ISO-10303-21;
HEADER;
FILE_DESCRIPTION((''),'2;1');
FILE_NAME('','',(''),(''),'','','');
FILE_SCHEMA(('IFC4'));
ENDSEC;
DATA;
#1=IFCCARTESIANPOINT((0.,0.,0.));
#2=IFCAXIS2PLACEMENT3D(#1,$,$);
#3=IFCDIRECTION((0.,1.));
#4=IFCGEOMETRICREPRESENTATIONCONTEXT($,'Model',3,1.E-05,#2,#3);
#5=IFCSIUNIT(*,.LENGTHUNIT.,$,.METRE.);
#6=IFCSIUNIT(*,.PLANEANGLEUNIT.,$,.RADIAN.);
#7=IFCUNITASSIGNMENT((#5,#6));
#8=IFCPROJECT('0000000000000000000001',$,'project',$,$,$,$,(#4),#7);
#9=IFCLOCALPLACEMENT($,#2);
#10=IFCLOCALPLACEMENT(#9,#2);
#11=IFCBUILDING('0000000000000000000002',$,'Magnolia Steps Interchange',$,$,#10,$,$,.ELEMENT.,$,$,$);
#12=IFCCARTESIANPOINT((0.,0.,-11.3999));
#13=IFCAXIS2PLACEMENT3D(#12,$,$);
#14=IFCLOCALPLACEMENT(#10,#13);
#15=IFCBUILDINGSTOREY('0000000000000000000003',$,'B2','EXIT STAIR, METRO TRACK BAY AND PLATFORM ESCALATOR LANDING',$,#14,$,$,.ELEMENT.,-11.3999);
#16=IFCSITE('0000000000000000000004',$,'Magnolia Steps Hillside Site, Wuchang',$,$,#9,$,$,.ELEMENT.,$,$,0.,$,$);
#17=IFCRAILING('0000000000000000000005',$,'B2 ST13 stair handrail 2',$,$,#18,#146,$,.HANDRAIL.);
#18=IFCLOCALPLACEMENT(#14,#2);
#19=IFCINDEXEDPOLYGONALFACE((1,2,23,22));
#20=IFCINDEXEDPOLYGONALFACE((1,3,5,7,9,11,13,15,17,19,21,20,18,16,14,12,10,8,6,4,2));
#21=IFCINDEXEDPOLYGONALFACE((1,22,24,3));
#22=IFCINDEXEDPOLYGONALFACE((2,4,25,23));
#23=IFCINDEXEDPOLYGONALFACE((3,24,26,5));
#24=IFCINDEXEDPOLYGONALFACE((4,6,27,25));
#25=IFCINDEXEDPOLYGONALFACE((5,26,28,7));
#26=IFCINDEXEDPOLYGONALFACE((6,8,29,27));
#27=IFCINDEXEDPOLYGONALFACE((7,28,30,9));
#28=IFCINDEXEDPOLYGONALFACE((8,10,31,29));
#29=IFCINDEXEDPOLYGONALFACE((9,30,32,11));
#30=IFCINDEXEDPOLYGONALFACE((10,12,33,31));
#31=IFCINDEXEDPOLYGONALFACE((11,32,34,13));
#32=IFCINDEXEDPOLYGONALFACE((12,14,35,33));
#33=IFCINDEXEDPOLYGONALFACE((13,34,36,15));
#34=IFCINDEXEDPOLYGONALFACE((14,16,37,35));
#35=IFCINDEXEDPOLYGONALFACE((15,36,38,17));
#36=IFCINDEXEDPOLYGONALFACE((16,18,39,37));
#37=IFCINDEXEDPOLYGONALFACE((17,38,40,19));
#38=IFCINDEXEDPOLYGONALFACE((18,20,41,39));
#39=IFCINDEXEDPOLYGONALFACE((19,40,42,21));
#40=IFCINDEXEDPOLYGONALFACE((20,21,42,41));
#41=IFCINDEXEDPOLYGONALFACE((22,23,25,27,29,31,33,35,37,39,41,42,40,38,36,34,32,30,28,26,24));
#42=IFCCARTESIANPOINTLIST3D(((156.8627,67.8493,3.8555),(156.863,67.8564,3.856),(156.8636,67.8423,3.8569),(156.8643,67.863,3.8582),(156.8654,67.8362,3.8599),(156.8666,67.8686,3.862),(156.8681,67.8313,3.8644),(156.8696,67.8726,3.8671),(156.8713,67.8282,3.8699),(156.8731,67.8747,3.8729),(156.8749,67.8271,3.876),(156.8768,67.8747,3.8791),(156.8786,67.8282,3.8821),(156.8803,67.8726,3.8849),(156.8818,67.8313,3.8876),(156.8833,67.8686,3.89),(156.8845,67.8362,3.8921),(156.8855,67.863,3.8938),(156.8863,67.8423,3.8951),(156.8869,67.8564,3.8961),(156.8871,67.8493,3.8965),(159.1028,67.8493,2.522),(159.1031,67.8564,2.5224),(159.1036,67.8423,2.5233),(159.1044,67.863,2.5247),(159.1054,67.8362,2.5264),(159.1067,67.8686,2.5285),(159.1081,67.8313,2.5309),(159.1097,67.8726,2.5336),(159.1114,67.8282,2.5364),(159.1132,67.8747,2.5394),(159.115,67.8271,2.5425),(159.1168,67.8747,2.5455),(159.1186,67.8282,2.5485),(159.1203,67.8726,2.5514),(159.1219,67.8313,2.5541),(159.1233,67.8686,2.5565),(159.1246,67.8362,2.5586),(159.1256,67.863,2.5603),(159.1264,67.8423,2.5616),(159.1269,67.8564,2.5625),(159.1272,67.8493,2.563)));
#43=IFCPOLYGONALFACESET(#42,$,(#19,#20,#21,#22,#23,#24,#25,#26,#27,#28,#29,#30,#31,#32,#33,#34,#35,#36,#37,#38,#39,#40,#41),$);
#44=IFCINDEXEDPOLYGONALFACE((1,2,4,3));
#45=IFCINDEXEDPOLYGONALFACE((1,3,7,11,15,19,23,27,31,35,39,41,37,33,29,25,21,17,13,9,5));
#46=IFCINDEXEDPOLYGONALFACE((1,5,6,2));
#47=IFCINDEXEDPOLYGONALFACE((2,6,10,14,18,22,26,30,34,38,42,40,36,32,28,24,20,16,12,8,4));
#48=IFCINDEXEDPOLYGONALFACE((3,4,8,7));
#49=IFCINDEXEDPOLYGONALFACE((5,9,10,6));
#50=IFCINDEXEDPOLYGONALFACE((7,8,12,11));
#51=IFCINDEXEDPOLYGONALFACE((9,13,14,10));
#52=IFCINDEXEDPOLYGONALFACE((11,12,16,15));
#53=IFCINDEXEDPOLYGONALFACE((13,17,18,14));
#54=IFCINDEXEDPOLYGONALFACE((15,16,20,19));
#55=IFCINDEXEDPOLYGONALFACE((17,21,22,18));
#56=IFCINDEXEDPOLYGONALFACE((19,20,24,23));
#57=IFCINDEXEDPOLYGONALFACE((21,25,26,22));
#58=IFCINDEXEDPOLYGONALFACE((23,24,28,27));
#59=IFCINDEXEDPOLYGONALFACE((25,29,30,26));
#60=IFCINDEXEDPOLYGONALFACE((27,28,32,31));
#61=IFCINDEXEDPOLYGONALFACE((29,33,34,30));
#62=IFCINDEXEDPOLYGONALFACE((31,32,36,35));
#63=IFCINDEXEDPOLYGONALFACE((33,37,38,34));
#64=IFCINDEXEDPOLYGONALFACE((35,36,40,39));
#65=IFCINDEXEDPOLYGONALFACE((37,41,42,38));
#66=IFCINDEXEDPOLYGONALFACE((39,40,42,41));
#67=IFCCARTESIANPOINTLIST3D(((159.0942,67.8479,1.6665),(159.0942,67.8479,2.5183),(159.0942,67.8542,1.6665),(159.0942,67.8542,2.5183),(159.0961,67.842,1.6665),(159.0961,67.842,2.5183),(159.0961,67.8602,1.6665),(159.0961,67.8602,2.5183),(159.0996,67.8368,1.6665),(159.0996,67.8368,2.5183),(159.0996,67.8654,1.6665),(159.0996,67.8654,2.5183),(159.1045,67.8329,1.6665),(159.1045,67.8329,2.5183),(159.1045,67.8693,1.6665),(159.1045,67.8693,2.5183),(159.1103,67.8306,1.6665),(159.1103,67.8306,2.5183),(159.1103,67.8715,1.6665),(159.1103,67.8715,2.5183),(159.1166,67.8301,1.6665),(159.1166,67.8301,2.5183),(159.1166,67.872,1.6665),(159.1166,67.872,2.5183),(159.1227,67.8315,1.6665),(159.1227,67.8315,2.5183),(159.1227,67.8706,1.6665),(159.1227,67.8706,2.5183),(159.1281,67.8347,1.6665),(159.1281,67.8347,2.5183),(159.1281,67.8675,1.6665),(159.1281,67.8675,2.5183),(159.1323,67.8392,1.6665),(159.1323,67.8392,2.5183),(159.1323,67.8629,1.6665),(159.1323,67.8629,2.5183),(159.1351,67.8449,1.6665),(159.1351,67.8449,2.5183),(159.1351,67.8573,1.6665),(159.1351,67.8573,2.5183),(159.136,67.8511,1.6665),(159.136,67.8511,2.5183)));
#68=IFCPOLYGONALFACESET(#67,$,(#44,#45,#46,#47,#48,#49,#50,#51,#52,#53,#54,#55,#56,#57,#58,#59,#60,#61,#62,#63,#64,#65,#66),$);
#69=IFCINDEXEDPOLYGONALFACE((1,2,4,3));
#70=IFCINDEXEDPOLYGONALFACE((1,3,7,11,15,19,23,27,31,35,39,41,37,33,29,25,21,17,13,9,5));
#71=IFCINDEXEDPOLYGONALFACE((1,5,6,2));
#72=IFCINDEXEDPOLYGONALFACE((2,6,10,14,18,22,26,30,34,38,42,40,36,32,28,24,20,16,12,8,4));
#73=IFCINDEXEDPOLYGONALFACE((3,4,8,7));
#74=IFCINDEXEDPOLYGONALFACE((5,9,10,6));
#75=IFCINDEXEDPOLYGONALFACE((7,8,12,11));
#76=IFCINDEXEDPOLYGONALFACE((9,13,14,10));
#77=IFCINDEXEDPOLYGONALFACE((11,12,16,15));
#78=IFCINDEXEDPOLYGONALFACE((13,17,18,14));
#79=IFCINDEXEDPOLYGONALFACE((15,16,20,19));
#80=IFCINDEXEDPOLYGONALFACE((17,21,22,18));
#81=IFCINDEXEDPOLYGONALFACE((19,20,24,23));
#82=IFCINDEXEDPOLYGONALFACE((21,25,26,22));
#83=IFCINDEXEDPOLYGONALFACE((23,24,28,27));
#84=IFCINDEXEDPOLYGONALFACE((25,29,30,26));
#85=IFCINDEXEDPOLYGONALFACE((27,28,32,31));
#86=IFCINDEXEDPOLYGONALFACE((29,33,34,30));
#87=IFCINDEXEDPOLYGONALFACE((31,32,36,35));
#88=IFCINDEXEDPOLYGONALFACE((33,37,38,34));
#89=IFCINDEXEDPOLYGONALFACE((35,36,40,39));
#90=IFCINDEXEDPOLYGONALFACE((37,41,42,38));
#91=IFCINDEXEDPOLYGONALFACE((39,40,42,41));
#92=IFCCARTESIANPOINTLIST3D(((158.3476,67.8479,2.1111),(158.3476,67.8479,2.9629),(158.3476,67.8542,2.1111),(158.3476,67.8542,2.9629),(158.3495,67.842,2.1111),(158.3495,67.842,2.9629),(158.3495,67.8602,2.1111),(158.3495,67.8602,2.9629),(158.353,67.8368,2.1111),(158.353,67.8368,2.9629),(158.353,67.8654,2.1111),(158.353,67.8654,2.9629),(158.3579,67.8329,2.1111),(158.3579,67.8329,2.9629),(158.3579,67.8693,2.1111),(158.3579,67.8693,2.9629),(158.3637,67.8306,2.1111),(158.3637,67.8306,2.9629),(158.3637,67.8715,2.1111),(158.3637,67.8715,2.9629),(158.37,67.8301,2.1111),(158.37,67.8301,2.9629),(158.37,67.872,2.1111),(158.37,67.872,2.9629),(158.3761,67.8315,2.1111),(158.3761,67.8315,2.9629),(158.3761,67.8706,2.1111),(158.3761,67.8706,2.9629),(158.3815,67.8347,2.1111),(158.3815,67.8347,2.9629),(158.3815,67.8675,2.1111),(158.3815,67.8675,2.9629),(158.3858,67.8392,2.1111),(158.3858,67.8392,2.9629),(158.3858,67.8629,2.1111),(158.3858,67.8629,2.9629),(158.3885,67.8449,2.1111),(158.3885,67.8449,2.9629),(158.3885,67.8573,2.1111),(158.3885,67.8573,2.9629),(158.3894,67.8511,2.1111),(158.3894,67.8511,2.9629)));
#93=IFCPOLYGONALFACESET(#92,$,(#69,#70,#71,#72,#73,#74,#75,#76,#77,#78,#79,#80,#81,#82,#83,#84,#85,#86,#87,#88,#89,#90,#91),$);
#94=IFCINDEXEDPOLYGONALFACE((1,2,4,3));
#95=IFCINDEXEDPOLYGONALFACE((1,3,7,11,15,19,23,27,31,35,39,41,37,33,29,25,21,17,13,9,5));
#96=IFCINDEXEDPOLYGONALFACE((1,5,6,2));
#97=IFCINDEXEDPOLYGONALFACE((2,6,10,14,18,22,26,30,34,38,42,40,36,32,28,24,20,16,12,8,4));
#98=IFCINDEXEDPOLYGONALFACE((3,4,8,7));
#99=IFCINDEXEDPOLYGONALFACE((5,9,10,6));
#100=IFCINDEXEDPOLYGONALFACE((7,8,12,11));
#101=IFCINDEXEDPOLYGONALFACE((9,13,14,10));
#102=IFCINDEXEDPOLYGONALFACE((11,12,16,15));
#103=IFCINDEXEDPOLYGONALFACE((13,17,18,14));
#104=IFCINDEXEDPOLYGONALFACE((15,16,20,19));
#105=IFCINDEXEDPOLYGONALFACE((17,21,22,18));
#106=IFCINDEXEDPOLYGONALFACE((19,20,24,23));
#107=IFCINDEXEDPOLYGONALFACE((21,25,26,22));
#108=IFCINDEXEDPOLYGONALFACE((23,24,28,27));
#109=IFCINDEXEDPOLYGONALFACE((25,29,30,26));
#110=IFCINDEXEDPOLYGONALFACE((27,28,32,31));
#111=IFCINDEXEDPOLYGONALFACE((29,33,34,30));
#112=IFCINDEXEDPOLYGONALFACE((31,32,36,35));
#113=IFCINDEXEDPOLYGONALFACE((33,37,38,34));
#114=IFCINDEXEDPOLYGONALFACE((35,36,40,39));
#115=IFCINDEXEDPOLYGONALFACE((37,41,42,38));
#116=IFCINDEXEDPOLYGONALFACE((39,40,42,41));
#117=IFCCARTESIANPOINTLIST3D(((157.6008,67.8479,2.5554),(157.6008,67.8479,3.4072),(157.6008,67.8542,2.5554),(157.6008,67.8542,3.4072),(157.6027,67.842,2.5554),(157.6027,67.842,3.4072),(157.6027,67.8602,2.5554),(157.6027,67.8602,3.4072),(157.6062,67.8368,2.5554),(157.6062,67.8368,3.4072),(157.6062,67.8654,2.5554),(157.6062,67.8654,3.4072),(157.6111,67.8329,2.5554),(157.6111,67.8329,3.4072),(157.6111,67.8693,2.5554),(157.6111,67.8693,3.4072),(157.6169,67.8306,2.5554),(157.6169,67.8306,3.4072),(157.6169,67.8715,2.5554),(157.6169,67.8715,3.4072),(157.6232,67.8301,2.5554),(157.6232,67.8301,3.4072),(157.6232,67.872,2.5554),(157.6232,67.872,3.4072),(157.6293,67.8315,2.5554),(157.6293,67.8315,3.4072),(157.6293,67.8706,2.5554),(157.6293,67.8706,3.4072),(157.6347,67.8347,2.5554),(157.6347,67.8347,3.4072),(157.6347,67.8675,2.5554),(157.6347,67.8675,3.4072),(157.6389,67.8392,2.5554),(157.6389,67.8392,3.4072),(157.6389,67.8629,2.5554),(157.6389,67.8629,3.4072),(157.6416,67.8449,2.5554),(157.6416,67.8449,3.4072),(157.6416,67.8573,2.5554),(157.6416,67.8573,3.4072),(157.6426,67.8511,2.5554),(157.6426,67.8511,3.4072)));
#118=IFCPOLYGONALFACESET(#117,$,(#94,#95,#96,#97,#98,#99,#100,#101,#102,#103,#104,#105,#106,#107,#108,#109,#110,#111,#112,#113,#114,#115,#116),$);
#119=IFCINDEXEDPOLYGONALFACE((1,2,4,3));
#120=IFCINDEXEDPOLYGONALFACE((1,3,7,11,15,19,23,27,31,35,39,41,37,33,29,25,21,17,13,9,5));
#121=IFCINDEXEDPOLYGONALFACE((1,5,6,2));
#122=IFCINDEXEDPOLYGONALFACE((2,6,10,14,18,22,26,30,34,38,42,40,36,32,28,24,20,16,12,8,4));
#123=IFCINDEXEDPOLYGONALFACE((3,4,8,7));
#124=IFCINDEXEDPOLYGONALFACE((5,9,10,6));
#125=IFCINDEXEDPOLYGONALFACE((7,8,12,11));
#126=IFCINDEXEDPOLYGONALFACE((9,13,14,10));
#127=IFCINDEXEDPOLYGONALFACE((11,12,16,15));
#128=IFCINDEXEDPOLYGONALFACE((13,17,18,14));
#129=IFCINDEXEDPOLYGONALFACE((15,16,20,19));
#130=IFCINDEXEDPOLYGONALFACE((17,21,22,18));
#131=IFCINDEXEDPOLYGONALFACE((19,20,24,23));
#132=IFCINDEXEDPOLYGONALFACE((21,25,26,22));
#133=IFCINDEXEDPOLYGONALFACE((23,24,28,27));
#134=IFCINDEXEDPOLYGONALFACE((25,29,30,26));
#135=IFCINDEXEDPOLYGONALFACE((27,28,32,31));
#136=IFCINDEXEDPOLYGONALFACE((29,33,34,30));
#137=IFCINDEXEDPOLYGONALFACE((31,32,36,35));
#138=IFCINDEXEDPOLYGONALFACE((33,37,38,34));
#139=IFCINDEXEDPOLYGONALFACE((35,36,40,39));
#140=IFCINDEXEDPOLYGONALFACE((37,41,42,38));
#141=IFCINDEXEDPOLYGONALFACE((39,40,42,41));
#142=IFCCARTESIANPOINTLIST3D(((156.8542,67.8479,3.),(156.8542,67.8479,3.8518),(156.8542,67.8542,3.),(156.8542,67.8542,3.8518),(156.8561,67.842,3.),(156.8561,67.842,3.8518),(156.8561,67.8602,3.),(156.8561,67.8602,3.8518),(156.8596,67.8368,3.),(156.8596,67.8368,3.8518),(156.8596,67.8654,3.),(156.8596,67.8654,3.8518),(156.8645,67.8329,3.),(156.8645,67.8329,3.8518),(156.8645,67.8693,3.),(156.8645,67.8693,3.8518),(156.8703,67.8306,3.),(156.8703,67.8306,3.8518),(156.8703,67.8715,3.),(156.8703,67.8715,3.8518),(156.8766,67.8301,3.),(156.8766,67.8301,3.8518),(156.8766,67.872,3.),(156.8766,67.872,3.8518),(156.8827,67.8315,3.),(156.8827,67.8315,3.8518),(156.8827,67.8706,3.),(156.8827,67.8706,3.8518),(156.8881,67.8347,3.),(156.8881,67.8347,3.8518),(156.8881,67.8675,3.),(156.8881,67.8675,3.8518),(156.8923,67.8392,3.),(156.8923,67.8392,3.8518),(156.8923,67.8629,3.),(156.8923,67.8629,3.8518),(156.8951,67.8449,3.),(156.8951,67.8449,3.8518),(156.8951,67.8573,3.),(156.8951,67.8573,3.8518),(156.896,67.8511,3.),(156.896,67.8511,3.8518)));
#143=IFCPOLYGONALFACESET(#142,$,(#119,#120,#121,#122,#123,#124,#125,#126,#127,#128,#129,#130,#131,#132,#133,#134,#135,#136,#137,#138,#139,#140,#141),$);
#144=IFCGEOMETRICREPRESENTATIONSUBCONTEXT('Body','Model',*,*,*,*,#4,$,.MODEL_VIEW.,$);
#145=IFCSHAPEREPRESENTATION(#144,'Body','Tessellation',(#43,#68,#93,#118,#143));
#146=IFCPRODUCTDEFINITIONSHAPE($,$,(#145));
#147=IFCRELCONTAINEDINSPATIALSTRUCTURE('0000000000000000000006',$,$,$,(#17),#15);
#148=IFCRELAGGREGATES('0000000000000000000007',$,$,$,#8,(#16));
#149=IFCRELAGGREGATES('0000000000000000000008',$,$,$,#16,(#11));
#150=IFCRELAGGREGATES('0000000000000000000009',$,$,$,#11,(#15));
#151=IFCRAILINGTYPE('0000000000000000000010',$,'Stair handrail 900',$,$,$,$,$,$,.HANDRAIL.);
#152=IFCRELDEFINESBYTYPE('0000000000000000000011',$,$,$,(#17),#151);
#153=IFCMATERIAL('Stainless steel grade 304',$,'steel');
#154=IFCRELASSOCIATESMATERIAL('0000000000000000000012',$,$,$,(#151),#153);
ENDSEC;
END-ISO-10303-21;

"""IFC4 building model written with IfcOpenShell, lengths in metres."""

from ifc_helpers import new_model, si_unit, direction, frame, origin, origin_2d, place, context, subcontext, project, spatial, circle, extrude, material, type_object, element, save


model = new_model("IFC4")

# Units and contexts
model_context = context("Model", 3, precision=1e-05, world=origin(), true_north=direction((0.0, 1.0)))
body_context = subcontext(model_context, "Body", "Model", "MODEL_VIEW")
ifc_project = project(units=[si_unit("LENGTHUNIT", "METRE"), si_unit("PLANEANGLEUNIT", "RADIAN")], contexts=[model_context])

# Site, building, storey
site_placement = place(None, origin())
site = spatial("IfcSite", under=ifc_project, at=site_placement, Name="Magnolia Steps Hillside Site, Wuchang", CompositionType="ELEMENT", RefElevation=0.0)
building_placement = place(site_placement, origin())
building = spatial("IfcBuilding", under=site, at=building_placement, Name="Magnolia Steps Interchange", CompositionType="ELEMENT")
storey_placement = place(building_placement, frame((0.0, 0.0, -11.3999)))
storey = spatial("IfcBuildingStorey", under=building, at=storey_placement, Name="B2", Description="EXIT STAIR, METRO TRACK BAY AND PLATFORM ESCALATOR LANDING", CompositionType="ELEMENT", Elevation=-11.3999)

# Railing
ifc_material_1 = material(Name="Stainless steel grade 304", Category="steel")
railing_type_1 = type_object("IfcRailingType", Name="Stair handrail 900", PredefinedType="HANDRAIL", material=ifc_material_1)
for number, where, name in (
    (1, (159.115, 67.8511, 1.6665), "B2 ST13 stair handrail 2"),
):
    element("IfcRailing", number, at=place(storey_placement, frame(where)), inside=storey, type_object=railing_type_1, Name=name, PredefinedType="HANDRAIL", context=body_context, shape_type="SweptSolid", body=[
        extrude(circle(Radius=0.0239, at=origin_2d()), frame((0.0, 0.0, 0.876), z_axis=(-0.859264, 0.0, 0.511532), x_axis=(0.0, -1.0, 0.0)), (0.0, 0.0, 1.0), 2.6069),
        extrude(circle(Radius=0.021, at=origin_2d()), origin(), (0.0, 0.0, 1.0), 0.8518),
        extrude(circle(Radius=0.021, at=origin_2d()), frame((-0.7466, 0.0, 0.4446)), (0.0, 0.0, 1.0), 0.8518),
        extrude(circle(Radius=0.021, at=origin_2d()), frame((-1.4934, 0.0, 0.8889)), (0.0, 0.0, 1.0), 0.8518),
        extrude(circle(Radius=0.021, at=origin_2d()), frame((-2.24, 0.0, 1.3335)), (0.0, 0.0, 1.0), 0.8518),
    ])

save(model, "model.ifc")
